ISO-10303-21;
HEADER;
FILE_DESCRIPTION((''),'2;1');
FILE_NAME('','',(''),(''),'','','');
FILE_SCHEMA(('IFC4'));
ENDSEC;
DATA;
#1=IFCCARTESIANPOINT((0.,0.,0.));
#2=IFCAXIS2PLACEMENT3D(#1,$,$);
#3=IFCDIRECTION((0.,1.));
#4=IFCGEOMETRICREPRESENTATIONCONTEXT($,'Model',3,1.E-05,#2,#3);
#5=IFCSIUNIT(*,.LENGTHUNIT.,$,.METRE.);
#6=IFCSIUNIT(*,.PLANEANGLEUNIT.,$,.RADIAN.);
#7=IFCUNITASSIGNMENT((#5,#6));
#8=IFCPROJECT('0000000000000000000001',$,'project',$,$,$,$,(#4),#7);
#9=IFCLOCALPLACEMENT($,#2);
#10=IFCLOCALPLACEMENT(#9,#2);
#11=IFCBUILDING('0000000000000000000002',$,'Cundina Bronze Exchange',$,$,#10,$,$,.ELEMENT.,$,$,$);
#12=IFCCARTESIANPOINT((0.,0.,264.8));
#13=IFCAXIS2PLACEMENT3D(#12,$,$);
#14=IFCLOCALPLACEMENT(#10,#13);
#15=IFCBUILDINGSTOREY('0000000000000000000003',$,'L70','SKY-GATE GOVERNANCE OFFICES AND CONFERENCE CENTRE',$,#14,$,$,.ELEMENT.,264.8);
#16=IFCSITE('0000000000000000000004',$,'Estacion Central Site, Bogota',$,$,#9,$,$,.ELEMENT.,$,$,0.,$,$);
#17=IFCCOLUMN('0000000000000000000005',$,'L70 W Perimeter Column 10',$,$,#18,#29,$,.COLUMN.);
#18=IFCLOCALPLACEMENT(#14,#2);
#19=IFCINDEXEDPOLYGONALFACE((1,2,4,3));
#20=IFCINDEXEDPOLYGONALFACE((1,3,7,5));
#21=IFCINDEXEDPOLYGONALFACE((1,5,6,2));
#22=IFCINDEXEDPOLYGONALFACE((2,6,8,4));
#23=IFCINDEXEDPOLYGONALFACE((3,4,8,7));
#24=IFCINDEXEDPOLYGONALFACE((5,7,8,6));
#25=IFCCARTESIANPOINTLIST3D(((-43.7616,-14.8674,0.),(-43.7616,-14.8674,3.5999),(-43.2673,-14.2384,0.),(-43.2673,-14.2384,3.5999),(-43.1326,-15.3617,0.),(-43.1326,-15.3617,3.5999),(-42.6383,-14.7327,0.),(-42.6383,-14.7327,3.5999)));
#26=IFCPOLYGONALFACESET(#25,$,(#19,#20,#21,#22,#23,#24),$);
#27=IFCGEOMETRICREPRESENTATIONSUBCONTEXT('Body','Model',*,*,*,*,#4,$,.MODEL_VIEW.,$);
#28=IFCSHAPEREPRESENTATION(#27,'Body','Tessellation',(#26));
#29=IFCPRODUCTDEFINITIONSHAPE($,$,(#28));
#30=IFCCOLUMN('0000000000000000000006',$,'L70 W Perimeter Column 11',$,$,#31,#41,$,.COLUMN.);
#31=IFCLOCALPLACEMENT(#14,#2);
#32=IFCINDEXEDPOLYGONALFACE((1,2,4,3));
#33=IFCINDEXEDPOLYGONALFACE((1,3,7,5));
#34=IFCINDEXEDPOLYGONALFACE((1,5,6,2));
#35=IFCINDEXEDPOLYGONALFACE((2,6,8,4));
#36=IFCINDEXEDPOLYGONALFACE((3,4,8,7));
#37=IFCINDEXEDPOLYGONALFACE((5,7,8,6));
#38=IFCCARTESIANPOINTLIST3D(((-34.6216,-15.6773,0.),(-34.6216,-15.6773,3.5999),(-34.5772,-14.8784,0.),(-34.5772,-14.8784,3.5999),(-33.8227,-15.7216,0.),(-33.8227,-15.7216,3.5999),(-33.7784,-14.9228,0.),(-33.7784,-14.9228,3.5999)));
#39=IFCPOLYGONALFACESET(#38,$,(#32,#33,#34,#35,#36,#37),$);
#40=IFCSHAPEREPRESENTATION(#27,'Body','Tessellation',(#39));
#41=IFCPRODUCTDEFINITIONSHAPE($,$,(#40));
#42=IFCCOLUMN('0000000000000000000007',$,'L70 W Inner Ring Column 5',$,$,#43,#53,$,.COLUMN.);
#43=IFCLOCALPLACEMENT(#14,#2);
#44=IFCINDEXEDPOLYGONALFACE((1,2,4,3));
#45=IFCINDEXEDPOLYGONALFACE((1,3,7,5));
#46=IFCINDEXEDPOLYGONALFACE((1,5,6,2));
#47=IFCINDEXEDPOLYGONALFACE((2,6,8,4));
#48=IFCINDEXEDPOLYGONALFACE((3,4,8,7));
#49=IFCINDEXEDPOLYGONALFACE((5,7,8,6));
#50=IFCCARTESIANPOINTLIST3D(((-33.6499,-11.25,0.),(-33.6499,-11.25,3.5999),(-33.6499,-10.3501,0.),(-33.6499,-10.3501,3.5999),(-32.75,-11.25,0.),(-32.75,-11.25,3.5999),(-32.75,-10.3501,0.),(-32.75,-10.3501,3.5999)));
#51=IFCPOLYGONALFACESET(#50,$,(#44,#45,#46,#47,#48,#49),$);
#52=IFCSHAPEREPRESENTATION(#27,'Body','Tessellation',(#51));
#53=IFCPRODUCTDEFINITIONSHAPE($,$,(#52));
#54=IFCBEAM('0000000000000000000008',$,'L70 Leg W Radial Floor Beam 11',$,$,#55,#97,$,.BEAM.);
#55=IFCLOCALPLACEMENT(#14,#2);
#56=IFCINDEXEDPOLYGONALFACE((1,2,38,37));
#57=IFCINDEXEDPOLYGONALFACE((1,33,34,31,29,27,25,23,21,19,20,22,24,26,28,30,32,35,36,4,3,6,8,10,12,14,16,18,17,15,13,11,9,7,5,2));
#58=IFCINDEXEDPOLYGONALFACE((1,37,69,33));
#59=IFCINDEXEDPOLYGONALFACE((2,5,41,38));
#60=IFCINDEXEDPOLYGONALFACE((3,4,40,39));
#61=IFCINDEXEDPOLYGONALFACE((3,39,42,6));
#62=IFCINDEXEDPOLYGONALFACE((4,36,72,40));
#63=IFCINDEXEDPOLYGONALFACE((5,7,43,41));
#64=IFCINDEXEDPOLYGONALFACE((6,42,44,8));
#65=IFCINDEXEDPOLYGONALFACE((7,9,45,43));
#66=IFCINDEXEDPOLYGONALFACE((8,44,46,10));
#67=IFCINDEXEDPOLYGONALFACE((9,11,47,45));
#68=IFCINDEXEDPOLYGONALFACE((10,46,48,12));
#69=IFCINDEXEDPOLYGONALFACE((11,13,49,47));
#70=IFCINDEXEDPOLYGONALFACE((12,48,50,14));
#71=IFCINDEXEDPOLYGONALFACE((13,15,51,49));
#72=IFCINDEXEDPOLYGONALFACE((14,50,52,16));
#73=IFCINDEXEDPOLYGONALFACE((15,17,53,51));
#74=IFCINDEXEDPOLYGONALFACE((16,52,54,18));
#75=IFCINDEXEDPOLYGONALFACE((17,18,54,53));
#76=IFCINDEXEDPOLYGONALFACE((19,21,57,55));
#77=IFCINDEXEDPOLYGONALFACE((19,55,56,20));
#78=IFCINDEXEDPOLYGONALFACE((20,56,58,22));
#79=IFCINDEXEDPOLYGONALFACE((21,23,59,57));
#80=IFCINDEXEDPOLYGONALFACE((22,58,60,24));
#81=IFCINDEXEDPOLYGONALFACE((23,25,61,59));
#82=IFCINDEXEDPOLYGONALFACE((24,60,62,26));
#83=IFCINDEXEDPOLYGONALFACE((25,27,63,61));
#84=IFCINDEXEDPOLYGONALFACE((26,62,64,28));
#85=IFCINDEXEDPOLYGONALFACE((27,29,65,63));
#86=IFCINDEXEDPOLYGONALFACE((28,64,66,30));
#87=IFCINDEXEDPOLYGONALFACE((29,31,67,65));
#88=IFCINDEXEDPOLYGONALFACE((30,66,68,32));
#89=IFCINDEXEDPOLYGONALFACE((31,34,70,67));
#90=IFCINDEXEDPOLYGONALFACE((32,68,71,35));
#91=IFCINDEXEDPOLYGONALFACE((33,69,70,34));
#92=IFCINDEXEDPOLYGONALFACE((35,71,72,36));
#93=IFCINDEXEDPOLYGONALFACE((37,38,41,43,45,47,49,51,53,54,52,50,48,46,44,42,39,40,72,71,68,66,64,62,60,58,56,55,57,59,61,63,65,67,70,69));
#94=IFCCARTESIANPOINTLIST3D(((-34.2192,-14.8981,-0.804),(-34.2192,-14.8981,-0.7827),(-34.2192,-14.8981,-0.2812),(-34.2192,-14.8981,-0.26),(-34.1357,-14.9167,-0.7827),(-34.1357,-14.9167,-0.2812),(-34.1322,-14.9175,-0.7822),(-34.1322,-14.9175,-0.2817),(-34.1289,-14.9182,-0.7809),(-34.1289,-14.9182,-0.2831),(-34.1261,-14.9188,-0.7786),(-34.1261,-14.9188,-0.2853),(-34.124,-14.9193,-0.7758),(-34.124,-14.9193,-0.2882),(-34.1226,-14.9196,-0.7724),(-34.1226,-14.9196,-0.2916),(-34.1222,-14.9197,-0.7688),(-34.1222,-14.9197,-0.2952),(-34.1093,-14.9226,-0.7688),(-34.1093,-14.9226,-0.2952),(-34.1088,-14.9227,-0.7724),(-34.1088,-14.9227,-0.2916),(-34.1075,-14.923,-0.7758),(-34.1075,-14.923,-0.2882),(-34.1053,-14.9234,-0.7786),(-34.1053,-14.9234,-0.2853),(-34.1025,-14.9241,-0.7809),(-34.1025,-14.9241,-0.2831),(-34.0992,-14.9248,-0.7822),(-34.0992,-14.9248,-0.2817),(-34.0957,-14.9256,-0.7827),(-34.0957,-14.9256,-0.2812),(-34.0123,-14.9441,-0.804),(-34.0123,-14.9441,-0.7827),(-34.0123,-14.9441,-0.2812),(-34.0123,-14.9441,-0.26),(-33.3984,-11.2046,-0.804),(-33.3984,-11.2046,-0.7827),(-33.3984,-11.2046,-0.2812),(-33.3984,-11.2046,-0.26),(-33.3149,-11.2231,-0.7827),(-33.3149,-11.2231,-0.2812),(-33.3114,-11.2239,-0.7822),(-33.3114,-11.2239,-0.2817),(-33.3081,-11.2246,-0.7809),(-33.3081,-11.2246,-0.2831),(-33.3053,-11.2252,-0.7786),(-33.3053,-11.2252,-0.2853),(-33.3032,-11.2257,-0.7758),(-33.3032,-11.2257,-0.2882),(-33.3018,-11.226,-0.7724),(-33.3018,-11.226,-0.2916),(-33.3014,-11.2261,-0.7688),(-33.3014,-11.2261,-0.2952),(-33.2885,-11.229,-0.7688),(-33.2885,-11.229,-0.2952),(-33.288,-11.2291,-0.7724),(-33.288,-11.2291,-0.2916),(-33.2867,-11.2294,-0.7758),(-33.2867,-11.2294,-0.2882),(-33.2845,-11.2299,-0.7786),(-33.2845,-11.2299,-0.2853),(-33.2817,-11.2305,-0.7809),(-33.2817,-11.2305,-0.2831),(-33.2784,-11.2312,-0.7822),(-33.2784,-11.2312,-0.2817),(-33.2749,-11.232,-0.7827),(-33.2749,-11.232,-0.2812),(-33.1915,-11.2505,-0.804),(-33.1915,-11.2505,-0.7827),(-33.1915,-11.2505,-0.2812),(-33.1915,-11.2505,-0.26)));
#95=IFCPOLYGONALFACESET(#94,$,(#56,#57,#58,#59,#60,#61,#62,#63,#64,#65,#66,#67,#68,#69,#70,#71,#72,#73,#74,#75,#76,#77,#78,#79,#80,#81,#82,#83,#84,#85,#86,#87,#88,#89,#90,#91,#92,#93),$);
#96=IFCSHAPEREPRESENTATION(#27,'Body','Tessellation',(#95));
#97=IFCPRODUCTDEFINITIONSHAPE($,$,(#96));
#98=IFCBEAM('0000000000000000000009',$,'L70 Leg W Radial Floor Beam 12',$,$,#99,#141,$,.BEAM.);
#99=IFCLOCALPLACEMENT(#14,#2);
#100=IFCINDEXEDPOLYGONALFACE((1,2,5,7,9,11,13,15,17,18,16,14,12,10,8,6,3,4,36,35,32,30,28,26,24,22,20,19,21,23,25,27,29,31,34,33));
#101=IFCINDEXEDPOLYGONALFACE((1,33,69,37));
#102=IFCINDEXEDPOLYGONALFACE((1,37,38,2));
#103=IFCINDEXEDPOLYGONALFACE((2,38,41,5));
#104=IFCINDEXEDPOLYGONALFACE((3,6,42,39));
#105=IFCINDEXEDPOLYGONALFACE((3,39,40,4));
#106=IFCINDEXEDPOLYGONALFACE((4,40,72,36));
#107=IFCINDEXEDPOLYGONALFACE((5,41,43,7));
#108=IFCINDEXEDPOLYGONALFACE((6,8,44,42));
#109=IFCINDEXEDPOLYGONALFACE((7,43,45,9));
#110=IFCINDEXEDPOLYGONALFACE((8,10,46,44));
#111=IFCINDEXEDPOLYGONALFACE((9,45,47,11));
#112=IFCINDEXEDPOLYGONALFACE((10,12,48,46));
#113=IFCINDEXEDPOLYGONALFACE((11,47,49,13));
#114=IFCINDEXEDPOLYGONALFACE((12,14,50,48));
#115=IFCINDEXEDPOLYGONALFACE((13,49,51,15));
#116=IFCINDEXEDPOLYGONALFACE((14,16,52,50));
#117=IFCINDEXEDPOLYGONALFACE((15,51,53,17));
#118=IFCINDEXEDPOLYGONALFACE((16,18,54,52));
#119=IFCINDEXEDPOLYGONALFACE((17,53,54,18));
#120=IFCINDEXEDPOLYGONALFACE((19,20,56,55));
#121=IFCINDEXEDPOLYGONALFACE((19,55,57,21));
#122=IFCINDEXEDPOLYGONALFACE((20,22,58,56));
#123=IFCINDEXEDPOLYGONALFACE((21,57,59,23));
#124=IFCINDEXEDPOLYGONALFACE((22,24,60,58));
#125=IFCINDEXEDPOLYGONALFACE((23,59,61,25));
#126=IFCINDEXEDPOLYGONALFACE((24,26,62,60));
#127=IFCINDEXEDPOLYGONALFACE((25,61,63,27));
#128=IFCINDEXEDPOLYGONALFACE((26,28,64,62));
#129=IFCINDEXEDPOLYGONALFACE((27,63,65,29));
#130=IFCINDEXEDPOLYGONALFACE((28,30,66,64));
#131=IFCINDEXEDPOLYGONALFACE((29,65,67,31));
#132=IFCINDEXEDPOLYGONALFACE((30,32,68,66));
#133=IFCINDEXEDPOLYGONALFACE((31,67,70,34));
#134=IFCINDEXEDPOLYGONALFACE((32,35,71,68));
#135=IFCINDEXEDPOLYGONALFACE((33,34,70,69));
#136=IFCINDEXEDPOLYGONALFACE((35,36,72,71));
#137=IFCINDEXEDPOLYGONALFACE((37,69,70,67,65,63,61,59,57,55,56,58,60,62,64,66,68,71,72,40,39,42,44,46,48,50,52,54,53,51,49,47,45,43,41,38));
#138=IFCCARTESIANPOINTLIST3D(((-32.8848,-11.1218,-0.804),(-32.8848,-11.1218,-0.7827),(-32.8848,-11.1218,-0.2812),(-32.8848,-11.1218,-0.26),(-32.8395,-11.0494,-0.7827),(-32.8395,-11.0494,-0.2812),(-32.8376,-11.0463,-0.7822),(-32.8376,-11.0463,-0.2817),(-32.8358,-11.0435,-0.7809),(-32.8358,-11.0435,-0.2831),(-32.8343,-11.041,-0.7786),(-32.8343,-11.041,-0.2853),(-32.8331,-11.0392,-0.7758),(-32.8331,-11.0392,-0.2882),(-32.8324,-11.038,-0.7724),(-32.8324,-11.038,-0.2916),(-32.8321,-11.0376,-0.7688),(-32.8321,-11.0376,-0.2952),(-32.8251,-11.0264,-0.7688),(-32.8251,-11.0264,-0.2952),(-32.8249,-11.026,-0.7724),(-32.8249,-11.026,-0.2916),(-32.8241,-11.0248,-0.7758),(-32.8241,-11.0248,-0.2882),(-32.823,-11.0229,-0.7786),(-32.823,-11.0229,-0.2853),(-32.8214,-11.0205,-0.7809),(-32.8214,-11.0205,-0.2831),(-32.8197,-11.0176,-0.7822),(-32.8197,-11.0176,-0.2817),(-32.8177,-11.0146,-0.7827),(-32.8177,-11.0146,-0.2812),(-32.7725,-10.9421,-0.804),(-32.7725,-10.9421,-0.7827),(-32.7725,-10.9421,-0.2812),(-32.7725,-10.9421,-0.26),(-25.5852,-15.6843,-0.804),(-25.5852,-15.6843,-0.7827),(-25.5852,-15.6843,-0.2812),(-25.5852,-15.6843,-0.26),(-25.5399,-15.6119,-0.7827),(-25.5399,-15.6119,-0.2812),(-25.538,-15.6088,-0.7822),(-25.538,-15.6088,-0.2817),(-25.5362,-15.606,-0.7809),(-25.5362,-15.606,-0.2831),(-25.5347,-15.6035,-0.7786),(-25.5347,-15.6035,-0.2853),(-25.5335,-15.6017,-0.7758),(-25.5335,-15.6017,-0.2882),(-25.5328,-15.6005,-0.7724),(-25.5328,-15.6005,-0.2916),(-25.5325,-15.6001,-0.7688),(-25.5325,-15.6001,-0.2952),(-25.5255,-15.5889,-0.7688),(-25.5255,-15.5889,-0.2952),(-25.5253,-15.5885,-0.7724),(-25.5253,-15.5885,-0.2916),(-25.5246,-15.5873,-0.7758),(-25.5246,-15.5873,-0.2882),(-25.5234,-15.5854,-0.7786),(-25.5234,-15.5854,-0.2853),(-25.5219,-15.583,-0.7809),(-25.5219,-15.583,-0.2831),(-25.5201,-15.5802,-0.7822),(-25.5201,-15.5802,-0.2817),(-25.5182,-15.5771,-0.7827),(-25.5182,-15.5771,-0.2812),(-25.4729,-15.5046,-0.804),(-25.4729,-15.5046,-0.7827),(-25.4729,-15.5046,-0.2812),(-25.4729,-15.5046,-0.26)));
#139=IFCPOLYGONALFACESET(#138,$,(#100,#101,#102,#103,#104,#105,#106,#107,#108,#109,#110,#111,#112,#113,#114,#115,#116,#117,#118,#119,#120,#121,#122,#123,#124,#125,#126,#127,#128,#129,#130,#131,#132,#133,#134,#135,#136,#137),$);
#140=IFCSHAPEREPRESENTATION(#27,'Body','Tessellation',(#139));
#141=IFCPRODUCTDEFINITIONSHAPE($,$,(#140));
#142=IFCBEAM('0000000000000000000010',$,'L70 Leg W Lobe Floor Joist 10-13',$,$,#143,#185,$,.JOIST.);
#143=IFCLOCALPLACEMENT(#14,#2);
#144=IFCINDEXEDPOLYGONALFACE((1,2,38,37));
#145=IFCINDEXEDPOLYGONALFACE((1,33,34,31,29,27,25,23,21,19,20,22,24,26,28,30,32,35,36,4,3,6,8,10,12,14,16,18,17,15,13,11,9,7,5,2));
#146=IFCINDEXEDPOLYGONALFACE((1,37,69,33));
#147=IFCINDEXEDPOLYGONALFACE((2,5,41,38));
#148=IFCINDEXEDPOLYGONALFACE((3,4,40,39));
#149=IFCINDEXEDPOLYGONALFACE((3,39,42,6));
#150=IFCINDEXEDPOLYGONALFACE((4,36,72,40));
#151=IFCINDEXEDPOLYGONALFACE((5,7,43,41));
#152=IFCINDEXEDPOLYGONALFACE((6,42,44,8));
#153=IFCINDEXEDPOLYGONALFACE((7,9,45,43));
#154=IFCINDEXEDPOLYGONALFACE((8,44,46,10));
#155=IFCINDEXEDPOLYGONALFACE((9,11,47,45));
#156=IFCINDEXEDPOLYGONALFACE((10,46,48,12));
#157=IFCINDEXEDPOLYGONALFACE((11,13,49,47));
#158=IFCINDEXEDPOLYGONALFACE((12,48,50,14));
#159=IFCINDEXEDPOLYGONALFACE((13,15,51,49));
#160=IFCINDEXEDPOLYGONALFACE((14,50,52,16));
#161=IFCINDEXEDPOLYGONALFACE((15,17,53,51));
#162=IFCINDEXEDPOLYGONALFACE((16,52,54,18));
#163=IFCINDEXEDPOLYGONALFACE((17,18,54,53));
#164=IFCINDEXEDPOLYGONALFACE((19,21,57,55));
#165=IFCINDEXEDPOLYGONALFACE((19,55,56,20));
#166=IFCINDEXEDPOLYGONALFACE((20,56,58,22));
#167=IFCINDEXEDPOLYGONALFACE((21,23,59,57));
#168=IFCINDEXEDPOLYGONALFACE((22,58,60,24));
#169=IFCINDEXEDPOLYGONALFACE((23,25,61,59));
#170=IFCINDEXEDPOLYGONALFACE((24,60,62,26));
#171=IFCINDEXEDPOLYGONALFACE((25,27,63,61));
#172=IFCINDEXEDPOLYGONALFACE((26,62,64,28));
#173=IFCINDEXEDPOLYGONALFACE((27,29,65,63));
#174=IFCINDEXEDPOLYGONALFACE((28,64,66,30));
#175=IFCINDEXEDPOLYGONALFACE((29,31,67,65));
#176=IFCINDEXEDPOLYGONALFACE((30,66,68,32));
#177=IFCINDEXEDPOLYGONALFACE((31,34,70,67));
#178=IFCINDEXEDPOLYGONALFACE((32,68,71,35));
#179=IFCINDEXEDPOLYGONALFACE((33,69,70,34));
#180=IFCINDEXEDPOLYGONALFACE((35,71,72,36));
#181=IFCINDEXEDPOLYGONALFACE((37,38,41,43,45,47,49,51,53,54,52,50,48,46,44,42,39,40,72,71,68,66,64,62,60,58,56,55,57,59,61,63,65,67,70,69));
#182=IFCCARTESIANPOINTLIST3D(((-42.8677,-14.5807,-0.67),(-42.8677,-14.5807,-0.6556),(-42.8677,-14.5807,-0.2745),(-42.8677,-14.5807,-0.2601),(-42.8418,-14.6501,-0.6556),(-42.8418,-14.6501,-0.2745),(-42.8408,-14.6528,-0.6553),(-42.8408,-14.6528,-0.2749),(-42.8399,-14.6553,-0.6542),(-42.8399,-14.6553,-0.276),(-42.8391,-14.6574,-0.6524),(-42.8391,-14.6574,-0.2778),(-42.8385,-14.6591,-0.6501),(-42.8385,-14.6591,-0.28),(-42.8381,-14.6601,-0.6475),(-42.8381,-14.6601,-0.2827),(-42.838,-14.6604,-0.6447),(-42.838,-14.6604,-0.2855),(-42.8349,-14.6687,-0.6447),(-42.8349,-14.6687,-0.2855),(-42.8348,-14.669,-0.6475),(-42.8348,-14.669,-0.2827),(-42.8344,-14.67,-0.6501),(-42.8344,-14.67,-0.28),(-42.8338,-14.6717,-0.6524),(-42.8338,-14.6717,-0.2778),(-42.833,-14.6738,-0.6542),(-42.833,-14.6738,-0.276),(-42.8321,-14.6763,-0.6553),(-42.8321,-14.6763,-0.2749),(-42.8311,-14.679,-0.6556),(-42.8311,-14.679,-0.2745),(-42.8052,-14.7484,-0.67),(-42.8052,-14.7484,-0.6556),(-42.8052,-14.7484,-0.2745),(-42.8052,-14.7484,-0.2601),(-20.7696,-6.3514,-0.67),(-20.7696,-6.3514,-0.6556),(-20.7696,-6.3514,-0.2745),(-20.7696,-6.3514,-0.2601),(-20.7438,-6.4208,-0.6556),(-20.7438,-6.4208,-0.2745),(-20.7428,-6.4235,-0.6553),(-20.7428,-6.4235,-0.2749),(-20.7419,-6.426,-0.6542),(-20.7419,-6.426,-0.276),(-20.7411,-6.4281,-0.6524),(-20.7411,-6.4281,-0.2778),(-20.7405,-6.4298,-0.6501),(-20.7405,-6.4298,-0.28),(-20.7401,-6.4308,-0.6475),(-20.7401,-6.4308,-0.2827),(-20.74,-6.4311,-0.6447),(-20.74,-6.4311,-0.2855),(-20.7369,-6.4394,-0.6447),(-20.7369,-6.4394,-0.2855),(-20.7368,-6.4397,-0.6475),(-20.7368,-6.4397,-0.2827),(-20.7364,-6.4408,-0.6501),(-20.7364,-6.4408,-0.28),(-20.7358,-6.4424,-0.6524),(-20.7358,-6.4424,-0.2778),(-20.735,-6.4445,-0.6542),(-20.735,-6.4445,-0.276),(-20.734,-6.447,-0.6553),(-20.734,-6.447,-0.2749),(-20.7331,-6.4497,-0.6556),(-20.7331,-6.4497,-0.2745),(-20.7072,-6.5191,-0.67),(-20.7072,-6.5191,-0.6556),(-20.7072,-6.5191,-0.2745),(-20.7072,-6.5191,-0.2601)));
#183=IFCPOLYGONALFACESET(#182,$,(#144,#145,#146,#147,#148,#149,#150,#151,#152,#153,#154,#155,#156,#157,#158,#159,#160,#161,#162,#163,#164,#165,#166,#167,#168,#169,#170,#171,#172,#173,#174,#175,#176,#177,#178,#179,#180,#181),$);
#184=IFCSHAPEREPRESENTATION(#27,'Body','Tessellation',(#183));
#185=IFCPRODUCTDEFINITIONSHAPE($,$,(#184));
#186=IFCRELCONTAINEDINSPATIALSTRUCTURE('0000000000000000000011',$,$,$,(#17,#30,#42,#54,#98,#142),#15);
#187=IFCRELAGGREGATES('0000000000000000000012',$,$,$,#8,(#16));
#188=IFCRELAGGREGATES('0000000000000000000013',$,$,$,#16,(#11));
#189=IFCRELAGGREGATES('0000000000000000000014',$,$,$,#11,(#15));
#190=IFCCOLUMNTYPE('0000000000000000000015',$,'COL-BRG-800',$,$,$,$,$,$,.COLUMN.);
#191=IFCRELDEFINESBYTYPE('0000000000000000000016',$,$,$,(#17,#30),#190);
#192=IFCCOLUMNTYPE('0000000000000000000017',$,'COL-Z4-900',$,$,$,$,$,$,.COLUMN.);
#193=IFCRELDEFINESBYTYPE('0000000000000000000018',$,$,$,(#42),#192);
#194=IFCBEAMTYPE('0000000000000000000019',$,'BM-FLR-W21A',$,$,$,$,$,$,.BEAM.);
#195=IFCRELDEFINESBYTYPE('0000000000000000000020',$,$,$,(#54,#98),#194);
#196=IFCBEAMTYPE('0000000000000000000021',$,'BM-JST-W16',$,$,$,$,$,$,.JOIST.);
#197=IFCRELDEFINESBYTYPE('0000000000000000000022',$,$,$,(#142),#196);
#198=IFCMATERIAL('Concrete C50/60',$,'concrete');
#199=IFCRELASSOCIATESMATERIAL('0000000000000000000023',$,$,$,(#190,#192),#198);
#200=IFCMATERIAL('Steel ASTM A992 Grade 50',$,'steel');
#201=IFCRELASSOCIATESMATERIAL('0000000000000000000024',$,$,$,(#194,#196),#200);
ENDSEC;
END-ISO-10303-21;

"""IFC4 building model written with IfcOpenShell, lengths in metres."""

from ifc_helpers import new_model, si_unit, direction, frame, origin, origin_2d, place, context, subcontext, project, spatial, rectangle, i_section, extrude, material, material_profile, profile_set, type_object, element, save


model = new_model("IFC4")

# Units and contexts
model_context = context("Model", 3, precision=1e-05, world=origin(), true_north=direction((0.0, 1.0)))
body_context = subcontext(model_context, "Body", "Model", "MODEL_VIEW")
ifc_project = project(units=[si_unit("LENGTHUNIT", "METRE"), si_unit("PLANEANGLEUNIT", "RADIAN")], contexts=[model_context])

# Site, building, storey
site_placement = place(None, origin())
site = spatial("IfcSite", under=ifc_project, at=site_placement, Name="Estacion Central Site, Bogota", CompositionType="ELEMENT", RefElevation=0.0)
building_placement = place(site_placement, origin())
building = spatial("IfcBuilding", under=site, at=building_placement, Name="Cundina Bronze Exchange", CompositionType="ELEMENT")
storey_placement = place(building_placement, frame((0.0, 0.0, 264.8)))
storey = spatial("IfcBuildingStorey", under=building, at=storey_placement, Name="L70", Description="SKY-GATE GOVERNANCE OFFICES AND CONFERENCE CENTRE", CompositionType="ELEMENT", Elevation=264.8)

# Columns
ifc_material_1 = material(Name="Concrete C50/60", Category="concrete")
ifc_material_profile_1 = material_profile(ifc_material_1, rectangle(XDim=0.8, YDim=0.8, at=origin_2d()), Name="RC800X800", Category="concrete")
ifc_profile_set_1 = profile_set([ifc_material_profile_1], Name="Concrete C50/60")
column_type_1 = type_object("IfcColumnType", Name="COL-BRG-800", PredefinedType="COLUMN", material=ifc_profile_set_1)
for number, where, z_axis, x_axis, name in (
    (1, (-43.2, -14.8, 0.0), (0.0, 0.0, 1.0), (0.786288, -0.61786, 0.0), "L70 W Perimeter Column 10"),
    (2, (-34.2, -15.3, 0.0), (0.0, 0.0, 1.0), (0.99846, -0.055473, 0.0), "L70 W Perimeter Column 11"),
):
    element("IfcColumn", number, at=place(storey_placement, frame(where, z_axis=z_axis, x_axis=x_axis)), inside=storey, type_object=column_type_1, Name=name, PredefinedType="COLUMN", context=body_context, shape_type="SweptSolid", body=[
        extrude(rectangle(XDim=0.8, YDim=0.8, at=origin_2d()), origin(), (0.0, 0.0, 1.0), 3.5999),
    ])
ifc_material_profile_2 = material_profile(ifc_material_1, rectangle(XDim=0.8999, YDim=0.8999, at=origin_2d()), Name="RC900X900", Category="concrete")
ifc_profile_set_2 = profile_set([ifc_material_profile_2], Name="Concrete C50/60")
column_type_2 = type_object("IfcColumnType", Name="COL-Z4-900", PredefinedType="COLUMN", material=ifc_profile_set_2)
column_placement = place(storey_placement, frame((-33.2, -10.8, 0.0), z_axis=(0.0, 0.0, 1.0), x_axis=(1.0, 0.0, 0.0)))
element("IfcColumn", 3, at=column_placement, inside=storey, type_object=column_type_2, Name="L70 W Inner Ring Column 5", PredefinedType="COLUMN", context=body_context, shape_type="SweptSolid", body=[
    extrude(rectangle(XDim=0.8999, YDim=0.8999, at=origin_2d()), origin(), (0.0, 0.0, 1.0), 3.5999),
])

# Beams
ifc_material_2 = material(Name="Steel ASTM A992 Grade 50", Category="steel")
ifc_material_profile_3 = material_profile(ifc_material_2, i_section(OverallWidth=0.2119, OverallDepth=0.5439, WebThickness=0.0132, FlangeThickness=0.0212, FilletRadius=0.0139, at=origin_2d()), Name="W21X83", Category="steel")
ifc_profile_set_3 = profile_set([ifc_material_profile_3], Name="Steel ASTM A992 Grade 50")
beam_type_1 = type_object("IfcBeamType", Name="BM-FLR-W21A", PredefinedType="BEAM", material=ifc_profile_set_3)
beam_1_placement = place(storey_placement, frame((-33.2949, -11.2275, -0.532), z_axis=(-0.21693, -0.976187, 0.0), x_axis=(0.976187, -0.21693, 0.0)))
element("IfcBeam", 4, at=beam_1_placement, inside=storey, type_object=beam_type_1, Name="L70 Leg W Radial Floor Beam 11", PredefinedType="BEAM", context=body_context, shape_type="SweptSolid", body=[
    extrude(i_section(OverallWidth=0.2119, OverallDepth=0.5439, WebThickness=0.0132, FlangeThickness=0.0212, FilletRadius=0.0139, at=origin_2d()), origin(), (0.0, 0.0, 1.0), 3.7837),
])
beam_2_placement = place(storey_placement, frame((-32.8286, -11.032, -0.532), z_axis=(0.847984, -0.530022, 0.0), x_axis=(0.530022, 0.847984, 0.0)))
element("IfcBeam", 5, at=beam_2_placement, inside=storey, type_object=beam_type_1, Name="L70 Leg W Radial Floor Beam 12", PredefinedType="BEAM", context=body_context, shape_type="SweptSolid", body=[
    extrude(i_section(OverallWidth=0.2119, OverallDepth=0.5439, WebThickness=0.0132, FlangeThickness=0.0212, FilletRadius=0.0139, at=origin_2d()), origin(), (0.0, 0.0, 1.0), 8.6082),
])
ifc_material_profile_4 = material_profile(ifc_material_2, i_section(OverallWidth=0.179, OverallDepth=0.4099, WebThickness=0.0088, FlangeThickness=0.0144, FilletRadius=0.011, at=origin_2d()), Name="W16X45", Category="steel")
ifc_profile_set_4 = profile_set([ifc_material_profile_4], Name="Steel ASTM A992 Grade 50")
beam_type_2 = type_object("IfcBeamType", Name="BM-JST-W16", PredefinedType="JOIST", material=ifc_profile_set_4)
beam_3_placement = place(storey_placement, frame((-42.8364, -14.6646, -0.4651), z_axis=(0.937128, 0.348986, 0.0), x_axis=(-0.348986, 0.937128, 0.0)))
element("IfcBeam", 6, at=beam_3_placement, inside=storey, type_object=beam_type_2, Name="L70 Leg W Lobe Floor Joist 10-13", PredefinedType="JOIST", context=body_context, shape_type="SweptSolid", body=[
    extrude(i_section(OverallWidth=0.179, OverallDepth=0.4099, WebThickness=0.0088, FlangeThickness=0.0144, FilletRadius=0.011, at=origin_2d()), origin(), (0.0, 0.0, 1.0), 23.5806),
])

save(model, "model.ifc")
